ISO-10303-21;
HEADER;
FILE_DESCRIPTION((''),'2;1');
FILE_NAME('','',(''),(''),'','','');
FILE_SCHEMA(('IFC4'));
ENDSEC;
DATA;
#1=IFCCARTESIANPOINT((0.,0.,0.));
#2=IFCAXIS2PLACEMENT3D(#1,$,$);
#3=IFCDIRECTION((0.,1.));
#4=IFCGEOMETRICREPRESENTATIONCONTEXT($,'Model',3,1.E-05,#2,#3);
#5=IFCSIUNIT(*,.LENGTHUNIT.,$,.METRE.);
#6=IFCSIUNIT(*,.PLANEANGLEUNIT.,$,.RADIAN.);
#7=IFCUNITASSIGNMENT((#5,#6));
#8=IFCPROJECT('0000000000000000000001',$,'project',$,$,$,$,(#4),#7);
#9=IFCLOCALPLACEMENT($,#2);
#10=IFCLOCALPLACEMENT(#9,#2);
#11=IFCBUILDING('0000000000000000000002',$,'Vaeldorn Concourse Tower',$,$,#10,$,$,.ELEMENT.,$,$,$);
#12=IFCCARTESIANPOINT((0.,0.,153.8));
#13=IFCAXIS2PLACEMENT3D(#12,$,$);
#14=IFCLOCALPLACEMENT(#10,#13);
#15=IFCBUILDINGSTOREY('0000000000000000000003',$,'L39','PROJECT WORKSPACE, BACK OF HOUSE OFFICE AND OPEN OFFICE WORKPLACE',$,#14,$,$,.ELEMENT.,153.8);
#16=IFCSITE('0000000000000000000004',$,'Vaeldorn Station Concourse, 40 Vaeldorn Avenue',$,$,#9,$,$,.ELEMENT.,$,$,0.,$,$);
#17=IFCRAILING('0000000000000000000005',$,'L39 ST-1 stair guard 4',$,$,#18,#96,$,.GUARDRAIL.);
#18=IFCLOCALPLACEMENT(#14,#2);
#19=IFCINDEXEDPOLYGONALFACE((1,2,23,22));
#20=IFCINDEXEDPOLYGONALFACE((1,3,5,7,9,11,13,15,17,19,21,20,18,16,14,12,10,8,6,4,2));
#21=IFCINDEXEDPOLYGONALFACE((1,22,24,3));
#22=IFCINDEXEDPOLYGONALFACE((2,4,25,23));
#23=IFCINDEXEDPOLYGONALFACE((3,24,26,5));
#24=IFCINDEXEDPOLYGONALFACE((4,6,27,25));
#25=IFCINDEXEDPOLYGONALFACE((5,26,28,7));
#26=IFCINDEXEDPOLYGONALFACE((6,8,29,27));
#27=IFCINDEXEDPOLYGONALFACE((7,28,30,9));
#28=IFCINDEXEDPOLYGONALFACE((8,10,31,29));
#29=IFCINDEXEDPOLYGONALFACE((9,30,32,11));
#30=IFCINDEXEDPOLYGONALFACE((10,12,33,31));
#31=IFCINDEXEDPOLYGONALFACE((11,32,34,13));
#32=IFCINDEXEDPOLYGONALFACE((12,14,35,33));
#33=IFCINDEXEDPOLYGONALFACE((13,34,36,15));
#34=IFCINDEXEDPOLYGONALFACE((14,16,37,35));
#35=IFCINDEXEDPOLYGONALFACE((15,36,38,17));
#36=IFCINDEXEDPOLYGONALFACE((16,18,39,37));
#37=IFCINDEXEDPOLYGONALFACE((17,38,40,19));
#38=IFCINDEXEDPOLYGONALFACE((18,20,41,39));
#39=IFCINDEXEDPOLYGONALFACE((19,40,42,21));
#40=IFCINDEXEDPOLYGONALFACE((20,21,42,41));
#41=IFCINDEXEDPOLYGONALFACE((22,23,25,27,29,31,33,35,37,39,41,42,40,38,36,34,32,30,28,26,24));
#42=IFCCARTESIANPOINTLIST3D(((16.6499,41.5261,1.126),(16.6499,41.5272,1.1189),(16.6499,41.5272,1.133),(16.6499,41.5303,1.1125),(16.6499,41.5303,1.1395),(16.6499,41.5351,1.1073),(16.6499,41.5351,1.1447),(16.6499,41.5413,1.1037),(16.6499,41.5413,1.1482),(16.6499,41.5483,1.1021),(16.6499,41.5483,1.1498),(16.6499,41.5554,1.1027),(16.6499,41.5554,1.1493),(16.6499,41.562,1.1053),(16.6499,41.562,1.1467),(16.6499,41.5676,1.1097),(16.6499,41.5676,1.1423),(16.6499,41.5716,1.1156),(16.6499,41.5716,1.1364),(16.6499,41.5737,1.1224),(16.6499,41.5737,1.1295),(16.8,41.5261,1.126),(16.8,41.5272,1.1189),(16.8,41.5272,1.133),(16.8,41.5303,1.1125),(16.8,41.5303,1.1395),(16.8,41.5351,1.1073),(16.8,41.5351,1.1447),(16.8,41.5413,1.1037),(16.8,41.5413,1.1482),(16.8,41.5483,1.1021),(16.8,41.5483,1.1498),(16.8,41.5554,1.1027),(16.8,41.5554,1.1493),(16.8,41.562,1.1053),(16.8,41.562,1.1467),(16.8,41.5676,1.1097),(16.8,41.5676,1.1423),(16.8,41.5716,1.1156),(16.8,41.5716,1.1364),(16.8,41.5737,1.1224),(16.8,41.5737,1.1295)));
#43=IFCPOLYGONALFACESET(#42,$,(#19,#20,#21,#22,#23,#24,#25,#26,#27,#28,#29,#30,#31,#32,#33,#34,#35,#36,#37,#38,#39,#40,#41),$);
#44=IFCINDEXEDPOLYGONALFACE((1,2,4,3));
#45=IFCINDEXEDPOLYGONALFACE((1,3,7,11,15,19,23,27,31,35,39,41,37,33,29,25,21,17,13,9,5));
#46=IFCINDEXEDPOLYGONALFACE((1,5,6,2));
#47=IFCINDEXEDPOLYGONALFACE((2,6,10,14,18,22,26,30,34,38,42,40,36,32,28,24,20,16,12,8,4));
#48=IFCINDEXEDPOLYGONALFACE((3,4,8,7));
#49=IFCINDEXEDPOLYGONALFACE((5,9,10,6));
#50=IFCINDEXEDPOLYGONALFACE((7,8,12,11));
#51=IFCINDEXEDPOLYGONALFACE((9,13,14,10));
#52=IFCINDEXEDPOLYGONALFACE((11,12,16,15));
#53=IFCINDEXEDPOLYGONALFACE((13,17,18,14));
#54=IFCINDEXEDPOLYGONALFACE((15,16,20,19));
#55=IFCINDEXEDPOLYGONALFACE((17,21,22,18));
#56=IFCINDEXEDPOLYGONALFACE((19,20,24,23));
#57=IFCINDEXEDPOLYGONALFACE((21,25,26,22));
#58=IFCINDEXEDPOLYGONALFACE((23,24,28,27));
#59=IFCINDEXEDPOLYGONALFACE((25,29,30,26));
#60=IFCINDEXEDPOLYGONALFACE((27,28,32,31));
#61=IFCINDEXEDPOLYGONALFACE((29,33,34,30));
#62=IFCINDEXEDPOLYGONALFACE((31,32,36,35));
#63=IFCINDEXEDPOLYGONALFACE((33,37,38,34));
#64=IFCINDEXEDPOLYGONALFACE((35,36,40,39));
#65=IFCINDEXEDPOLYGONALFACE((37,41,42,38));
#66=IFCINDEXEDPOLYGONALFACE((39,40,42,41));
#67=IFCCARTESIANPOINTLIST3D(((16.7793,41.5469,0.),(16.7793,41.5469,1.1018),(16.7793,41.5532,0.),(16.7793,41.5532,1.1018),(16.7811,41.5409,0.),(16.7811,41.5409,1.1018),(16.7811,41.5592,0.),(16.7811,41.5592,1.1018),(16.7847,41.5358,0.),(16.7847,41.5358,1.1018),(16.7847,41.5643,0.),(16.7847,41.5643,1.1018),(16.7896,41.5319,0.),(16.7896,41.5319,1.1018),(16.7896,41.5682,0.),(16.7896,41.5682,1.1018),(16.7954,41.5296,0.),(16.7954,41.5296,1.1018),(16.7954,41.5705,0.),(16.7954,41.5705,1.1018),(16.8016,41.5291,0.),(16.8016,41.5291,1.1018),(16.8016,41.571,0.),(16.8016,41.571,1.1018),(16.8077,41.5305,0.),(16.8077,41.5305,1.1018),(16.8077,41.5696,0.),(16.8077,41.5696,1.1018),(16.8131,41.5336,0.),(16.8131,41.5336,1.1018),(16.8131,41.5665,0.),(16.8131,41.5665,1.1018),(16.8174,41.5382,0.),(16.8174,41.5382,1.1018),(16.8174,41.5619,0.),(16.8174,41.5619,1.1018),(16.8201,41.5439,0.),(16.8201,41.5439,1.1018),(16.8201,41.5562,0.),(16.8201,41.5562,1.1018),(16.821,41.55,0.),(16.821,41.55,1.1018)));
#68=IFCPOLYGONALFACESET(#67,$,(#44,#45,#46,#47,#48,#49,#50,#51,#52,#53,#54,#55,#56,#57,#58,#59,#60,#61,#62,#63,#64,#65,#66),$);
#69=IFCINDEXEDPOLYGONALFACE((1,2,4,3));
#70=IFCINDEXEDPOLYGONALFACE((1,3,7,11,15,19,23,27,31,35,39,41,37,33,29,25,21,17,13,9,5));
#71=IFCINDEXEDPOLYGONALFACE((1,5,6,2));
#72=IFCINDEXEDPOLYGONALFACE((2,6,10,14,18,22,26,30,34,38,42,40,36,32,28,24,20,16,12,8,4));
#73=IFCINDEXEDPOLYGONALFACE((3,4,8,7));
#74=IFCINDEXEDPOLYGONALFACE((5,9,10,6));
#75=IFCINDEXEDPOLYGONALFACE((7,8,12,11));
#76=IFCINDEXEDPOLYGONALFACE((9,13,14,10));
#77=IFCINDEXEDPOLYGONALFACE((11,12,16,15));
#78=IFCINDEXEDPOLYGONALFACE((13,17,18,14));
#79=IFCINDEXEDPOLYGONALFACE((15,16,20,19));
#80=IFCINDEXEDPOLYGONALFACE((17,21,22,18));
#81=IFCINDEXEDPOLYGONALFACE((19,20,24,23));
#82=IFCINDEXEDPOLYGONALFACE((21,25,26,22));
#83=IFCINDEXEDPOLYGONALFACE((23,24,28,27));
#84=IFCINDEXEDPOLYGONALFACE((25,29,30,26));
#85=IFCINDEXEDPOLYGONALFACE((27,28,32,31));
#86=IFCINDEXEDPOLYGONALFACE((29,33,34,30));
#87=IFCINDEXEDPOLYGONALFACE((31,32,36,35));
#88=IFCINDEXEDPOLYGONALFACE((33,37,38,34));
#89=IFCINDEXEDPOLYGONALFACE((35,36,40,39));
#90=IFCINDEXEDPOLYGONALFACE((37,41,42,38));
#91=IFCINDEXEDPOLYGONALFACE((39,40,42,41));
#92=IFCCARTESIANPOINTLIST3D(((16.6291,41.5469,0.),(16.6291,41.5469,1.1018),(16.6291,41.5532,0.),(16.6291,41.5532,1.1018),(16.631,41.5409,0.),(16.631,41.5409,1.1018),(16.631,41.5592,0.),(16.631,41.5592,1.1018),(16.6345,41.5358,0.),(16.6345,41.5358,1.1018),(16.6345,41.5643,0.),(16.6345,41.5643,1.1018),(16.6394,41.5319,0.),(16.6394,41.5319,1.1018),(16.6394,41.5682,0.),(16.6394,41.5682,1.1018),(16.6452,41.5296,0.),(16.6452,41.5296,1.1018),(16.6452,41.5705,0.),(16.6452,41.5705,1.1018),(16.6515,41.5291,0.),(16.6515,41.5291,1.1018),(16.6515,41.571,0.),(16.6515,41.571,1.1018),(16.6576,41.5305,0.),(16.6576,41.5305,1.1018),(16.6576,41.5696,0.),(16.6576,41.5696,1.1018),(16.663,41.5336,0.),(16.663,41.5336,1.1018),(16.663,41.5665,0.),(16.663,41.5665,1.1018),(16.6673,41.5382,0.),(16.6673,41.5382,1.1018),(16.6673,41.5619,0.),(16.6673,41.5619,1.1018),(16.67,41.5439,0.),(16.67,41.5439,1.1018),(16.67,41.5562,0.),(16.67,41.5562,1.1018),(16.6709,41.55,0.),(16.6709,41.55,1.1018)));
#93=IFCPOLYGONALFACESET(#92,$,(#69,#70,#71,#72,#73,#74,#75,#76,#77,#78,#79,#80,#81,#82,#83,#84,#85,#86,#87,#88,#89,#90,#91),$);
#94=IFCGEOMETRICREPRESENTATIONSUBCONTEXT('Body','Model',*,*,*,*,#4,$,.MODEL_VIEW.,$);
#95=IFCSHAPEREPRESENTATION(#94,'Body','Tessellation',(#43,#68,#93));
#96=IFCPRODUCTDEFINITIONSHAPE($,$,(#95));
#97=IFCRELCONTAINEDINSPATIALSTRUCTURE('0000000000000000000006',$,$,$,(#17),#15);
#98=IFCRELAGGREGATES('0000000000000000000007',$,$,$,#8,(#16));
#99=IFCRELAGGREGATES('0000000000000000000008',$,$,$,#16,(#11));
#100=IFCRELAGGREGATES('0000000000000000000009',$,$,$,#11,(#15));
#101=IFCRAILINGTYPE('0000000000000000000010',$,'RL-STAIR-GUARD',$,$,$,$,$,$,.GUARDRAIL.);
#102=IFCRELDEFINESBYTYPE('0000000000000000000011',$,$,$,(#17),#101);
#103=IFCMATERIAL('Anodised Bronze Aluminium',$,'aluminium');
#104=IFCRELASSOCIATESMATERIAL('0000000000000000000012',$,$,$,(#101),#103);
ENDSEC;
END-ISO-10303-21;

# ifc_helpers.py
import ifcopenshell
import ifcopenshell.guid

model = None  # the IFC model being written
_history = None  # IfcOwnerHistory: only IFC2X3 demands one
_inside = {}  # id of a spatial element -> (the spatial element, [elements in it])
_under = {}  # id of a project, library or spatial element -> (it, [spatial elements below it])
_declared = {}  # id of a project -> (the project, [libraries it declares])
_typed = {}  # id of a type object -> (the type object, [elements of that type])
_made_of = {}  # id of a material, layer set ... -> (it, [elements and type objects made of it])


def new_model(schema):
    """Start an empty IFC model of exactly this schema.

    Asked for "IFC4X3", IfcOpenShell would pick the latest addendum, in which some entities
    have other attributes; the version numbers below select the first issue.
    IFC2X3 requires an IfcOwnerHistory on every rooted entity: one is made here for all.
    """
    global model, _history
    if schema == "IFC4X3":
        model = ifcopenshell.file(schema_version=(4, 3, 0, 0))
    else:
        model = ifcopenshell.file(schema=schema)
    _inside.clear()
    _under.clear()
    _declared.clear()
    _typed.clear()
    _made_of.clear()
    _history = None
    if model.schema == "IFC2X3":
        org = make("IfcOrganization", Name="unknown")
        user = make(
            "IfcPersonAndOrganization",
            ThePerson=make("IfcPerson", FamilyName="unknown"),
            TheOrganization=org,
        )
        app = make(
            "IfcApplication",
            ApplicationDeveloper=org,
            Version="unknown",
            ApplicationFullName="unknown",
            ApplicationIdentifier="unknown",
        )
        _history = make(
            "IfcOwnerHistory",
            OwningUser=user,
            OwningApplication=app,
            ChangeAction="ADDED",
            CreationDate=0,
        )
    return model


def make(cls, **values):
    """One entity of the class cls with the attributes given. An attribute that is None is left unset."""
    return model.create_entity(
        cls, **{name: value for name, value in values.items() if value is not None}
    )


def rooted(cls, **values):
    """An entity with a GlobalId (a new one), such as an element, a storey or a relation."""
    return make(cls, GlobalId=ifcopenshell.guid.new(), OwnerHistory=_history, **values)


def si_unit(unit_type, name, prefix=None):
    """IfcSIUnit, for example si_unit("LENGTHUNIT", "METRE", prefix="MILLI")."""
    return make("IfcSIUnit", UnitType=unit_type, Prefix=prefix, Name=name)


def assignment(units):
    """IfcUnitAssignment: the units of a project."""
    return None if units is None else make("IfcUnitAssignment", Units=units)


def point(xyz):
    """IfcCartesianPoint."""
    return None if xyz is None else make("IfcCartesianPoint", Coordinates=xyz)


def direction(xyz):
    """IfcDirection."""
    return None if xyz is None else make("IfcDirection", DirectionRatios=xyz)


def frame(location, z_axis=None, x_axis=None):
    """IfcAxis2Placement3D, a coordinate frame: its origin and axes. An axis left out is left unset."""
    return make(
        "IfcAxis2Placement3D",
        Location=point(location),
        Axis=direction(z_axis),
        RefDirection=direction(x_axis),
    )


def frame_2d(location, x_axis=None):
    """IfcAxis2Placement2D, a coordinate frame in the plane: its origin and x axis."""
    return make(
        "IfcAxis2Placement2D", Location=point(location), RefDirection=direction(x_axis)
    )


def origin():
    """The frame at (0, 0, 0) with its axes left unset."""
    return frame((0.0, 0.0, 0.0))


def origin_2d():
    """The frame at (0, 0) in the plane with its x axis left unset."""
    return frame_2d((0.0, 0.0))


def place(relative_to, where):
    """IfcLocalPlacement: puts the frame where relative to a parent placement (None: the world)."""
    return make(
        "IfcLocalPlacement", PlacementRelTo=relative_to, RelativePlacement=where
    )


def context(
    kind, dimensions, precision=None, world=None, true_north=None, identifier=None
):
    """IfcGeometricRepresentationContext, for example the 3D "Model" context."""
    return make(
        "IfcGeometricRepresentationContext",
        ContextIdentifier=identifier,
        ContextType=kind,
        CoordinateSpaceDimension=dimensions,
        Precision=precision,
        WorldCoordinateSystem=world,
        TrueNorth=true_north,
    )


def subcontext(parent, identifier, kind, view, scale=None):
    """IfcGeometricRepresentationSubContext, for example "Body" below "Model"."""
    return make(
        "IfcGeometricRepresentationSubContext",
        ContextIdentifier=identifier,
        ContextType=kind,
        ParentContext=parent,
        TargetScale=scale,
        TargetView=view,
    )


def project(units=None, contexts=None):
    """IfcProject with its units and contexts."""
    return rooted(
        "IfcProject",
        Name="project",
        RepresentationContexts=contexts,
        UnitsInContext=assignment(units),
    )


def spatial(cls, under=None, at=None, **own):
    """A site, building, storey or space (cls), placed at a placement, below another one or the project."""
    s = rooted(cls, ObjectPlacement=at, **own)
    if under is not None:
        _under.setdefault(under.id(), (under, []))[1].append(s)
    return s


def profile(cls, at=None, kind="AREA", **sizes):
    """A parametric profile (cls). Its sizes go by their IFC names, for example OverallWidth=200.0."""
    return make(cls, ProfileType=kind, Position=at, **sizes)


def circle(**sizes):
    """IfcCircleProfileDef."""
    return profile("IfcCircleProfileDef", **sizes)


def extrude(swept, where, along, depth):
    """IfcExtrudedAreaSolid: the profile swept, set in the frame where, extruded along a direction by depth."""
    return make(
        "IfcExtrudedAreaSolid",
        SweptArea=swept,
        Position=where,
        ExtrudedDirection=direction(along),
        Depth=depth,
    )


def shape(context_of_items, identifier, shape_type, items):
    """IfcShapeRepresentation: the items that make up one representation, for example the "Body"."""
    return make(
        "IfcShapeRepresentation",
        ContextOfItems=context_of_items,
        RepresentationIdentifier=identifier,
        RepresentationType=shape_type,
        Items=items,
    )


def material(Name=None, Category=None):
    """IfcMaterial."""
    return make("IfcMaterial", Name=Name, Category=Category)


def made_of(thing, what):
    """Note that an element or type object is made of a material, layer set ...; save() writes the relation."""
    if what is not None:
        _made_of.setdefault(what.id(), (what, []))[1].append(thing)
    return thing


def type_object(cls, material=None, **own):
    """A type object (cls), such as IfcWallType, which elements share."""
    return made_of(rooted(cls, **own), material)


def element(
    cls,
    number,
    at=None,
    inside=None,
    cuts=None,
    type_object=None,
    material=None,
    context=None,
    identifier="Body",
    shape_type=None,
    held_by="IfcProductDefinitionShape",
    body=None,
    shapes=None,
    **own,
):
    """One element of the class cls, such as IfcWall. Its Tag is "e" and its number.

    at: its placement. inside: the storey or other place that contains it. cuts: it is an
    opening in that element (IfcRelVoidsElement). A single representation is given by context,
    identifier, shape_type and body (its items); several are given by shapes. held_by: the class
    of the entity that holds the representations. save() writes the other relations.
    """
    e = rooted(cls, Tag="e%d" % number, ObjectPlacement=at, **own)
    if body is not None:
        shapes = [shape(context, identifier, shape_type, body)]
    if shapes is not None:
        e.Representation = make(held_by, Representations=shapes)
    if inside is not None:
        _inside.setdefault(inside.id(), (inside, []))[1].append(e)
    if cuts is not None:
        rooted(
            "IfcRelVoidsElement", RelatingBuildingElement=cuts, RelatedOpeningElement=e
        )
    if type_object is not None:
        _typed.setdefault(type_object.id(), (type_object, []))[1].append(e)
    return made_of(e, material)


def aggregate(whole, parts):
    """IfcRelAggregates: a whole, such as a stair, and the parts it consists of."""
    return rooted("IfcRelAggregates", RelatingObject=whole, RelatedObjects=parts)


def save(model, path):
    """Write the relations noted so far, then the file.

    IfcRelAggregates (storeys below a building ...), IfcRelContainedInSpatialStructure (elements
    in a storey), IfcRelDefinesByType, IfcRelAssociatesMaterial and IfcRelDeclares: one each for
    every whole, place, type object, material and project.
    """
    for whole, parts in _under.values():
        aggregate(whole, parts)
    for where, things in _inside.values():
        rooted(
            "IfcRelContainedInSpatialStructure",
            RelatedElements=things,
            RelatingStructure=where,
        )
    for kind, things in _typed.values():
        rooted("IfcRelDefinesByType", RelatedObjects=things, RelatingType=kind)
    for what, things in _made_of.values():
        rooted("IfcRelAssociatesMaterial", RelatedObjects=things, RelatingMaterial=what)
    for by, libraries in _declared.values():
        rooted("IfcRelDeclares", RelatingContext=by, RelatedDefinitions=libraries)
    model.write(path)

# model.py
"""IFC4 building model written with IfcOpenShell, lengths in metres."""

from ifc_helpers import new_model, si_unit, direction, frame, origin, origin_2d, place, context, subcontext, project, spatial, circle, extrude, material, type_object, element, save


model = new_model("IFC4")

# Units and contexts
model_context = context("Model", 3, precision=1e-05, world=origin(), true_north=direction((0.0, 1.0)))
body_context = subcontext(model_context, "Body", "Model", "MODEL_VIEW")
ifc_project = project(units=[si_unit("LENGTHUNIT", "METRE"), si_unit("PLANEANGLEUNIT", "RADIAN")], contexts=[model_context])

# Site, building, storey
site_placement = place(None, origin())
site = spatial("IfcSite", under=ifc_project, at=site_placement, Name="Vaeldorn Station Concourse, 40 Vaeldorn Avenue", CompositionType="ELEMENT", RefElevation=0.0)
building_placement = place(site_placement, origin())
building = spatial("IfcBuilding", under=site, at=building_placement, Name="Vaeldorn Concourse Tower", CompositionType="ELEMENT")
storey_placement = place(building_placement, frame((0.0, 0.0, 153.8)))
storey = spatial("IfcBuildingStorey", under=building, at=storey_placement, Name="L39", Description="PROJECT WORKSPACE, BACK OF HOUSE OFFICE AND OPEN OFFICE WORKPLACE", CompositionType="ELEMENT", Elevation=153.8)

# Shared definitions
ifc_material_1 = material(Name="Anodised Bronze Aluminium", Category="aluminium")

# Railing
railing_type_1 = type_object("IfcRailingType", Name="RL-STAIR-GUARD", PredefinedType="GUARDRAIL", material=ifc_material_1)
railing_1_placement = place(storey_placement, frame((16.8, 41.55, 0.0)))
element("IfcRailing", 1, at=railing_1_placement, inside=storey, type_object=railing_type_1, Name="L39 ST-1 stair guard 4", PredefinedType="GUARDRAIL", context=body_context, shape_type="SweptSolid", body=[
    extrude(circle(Radius=0.0239, at=origin_2d()), frame((0.0, 0.0, 1.126), z_axis=(-1.0, 0.0, 0.0), x_axis=(0.0, -1.0, 0.0)), (0.0, 0.0, 1.0), 0.1501),
    extrude(circle(Radius=0.021, at=origin_2d()), origin(), (0.0, 0.0, 1.0), 1.1018),
    extrude(circle(Radius=0.021, at=origin_2d()), frame((-0.1501, 0.0, 0.0)), (0.0, 0.0, 1.0), 1.1018),
])

save(model, "model.ifc")
